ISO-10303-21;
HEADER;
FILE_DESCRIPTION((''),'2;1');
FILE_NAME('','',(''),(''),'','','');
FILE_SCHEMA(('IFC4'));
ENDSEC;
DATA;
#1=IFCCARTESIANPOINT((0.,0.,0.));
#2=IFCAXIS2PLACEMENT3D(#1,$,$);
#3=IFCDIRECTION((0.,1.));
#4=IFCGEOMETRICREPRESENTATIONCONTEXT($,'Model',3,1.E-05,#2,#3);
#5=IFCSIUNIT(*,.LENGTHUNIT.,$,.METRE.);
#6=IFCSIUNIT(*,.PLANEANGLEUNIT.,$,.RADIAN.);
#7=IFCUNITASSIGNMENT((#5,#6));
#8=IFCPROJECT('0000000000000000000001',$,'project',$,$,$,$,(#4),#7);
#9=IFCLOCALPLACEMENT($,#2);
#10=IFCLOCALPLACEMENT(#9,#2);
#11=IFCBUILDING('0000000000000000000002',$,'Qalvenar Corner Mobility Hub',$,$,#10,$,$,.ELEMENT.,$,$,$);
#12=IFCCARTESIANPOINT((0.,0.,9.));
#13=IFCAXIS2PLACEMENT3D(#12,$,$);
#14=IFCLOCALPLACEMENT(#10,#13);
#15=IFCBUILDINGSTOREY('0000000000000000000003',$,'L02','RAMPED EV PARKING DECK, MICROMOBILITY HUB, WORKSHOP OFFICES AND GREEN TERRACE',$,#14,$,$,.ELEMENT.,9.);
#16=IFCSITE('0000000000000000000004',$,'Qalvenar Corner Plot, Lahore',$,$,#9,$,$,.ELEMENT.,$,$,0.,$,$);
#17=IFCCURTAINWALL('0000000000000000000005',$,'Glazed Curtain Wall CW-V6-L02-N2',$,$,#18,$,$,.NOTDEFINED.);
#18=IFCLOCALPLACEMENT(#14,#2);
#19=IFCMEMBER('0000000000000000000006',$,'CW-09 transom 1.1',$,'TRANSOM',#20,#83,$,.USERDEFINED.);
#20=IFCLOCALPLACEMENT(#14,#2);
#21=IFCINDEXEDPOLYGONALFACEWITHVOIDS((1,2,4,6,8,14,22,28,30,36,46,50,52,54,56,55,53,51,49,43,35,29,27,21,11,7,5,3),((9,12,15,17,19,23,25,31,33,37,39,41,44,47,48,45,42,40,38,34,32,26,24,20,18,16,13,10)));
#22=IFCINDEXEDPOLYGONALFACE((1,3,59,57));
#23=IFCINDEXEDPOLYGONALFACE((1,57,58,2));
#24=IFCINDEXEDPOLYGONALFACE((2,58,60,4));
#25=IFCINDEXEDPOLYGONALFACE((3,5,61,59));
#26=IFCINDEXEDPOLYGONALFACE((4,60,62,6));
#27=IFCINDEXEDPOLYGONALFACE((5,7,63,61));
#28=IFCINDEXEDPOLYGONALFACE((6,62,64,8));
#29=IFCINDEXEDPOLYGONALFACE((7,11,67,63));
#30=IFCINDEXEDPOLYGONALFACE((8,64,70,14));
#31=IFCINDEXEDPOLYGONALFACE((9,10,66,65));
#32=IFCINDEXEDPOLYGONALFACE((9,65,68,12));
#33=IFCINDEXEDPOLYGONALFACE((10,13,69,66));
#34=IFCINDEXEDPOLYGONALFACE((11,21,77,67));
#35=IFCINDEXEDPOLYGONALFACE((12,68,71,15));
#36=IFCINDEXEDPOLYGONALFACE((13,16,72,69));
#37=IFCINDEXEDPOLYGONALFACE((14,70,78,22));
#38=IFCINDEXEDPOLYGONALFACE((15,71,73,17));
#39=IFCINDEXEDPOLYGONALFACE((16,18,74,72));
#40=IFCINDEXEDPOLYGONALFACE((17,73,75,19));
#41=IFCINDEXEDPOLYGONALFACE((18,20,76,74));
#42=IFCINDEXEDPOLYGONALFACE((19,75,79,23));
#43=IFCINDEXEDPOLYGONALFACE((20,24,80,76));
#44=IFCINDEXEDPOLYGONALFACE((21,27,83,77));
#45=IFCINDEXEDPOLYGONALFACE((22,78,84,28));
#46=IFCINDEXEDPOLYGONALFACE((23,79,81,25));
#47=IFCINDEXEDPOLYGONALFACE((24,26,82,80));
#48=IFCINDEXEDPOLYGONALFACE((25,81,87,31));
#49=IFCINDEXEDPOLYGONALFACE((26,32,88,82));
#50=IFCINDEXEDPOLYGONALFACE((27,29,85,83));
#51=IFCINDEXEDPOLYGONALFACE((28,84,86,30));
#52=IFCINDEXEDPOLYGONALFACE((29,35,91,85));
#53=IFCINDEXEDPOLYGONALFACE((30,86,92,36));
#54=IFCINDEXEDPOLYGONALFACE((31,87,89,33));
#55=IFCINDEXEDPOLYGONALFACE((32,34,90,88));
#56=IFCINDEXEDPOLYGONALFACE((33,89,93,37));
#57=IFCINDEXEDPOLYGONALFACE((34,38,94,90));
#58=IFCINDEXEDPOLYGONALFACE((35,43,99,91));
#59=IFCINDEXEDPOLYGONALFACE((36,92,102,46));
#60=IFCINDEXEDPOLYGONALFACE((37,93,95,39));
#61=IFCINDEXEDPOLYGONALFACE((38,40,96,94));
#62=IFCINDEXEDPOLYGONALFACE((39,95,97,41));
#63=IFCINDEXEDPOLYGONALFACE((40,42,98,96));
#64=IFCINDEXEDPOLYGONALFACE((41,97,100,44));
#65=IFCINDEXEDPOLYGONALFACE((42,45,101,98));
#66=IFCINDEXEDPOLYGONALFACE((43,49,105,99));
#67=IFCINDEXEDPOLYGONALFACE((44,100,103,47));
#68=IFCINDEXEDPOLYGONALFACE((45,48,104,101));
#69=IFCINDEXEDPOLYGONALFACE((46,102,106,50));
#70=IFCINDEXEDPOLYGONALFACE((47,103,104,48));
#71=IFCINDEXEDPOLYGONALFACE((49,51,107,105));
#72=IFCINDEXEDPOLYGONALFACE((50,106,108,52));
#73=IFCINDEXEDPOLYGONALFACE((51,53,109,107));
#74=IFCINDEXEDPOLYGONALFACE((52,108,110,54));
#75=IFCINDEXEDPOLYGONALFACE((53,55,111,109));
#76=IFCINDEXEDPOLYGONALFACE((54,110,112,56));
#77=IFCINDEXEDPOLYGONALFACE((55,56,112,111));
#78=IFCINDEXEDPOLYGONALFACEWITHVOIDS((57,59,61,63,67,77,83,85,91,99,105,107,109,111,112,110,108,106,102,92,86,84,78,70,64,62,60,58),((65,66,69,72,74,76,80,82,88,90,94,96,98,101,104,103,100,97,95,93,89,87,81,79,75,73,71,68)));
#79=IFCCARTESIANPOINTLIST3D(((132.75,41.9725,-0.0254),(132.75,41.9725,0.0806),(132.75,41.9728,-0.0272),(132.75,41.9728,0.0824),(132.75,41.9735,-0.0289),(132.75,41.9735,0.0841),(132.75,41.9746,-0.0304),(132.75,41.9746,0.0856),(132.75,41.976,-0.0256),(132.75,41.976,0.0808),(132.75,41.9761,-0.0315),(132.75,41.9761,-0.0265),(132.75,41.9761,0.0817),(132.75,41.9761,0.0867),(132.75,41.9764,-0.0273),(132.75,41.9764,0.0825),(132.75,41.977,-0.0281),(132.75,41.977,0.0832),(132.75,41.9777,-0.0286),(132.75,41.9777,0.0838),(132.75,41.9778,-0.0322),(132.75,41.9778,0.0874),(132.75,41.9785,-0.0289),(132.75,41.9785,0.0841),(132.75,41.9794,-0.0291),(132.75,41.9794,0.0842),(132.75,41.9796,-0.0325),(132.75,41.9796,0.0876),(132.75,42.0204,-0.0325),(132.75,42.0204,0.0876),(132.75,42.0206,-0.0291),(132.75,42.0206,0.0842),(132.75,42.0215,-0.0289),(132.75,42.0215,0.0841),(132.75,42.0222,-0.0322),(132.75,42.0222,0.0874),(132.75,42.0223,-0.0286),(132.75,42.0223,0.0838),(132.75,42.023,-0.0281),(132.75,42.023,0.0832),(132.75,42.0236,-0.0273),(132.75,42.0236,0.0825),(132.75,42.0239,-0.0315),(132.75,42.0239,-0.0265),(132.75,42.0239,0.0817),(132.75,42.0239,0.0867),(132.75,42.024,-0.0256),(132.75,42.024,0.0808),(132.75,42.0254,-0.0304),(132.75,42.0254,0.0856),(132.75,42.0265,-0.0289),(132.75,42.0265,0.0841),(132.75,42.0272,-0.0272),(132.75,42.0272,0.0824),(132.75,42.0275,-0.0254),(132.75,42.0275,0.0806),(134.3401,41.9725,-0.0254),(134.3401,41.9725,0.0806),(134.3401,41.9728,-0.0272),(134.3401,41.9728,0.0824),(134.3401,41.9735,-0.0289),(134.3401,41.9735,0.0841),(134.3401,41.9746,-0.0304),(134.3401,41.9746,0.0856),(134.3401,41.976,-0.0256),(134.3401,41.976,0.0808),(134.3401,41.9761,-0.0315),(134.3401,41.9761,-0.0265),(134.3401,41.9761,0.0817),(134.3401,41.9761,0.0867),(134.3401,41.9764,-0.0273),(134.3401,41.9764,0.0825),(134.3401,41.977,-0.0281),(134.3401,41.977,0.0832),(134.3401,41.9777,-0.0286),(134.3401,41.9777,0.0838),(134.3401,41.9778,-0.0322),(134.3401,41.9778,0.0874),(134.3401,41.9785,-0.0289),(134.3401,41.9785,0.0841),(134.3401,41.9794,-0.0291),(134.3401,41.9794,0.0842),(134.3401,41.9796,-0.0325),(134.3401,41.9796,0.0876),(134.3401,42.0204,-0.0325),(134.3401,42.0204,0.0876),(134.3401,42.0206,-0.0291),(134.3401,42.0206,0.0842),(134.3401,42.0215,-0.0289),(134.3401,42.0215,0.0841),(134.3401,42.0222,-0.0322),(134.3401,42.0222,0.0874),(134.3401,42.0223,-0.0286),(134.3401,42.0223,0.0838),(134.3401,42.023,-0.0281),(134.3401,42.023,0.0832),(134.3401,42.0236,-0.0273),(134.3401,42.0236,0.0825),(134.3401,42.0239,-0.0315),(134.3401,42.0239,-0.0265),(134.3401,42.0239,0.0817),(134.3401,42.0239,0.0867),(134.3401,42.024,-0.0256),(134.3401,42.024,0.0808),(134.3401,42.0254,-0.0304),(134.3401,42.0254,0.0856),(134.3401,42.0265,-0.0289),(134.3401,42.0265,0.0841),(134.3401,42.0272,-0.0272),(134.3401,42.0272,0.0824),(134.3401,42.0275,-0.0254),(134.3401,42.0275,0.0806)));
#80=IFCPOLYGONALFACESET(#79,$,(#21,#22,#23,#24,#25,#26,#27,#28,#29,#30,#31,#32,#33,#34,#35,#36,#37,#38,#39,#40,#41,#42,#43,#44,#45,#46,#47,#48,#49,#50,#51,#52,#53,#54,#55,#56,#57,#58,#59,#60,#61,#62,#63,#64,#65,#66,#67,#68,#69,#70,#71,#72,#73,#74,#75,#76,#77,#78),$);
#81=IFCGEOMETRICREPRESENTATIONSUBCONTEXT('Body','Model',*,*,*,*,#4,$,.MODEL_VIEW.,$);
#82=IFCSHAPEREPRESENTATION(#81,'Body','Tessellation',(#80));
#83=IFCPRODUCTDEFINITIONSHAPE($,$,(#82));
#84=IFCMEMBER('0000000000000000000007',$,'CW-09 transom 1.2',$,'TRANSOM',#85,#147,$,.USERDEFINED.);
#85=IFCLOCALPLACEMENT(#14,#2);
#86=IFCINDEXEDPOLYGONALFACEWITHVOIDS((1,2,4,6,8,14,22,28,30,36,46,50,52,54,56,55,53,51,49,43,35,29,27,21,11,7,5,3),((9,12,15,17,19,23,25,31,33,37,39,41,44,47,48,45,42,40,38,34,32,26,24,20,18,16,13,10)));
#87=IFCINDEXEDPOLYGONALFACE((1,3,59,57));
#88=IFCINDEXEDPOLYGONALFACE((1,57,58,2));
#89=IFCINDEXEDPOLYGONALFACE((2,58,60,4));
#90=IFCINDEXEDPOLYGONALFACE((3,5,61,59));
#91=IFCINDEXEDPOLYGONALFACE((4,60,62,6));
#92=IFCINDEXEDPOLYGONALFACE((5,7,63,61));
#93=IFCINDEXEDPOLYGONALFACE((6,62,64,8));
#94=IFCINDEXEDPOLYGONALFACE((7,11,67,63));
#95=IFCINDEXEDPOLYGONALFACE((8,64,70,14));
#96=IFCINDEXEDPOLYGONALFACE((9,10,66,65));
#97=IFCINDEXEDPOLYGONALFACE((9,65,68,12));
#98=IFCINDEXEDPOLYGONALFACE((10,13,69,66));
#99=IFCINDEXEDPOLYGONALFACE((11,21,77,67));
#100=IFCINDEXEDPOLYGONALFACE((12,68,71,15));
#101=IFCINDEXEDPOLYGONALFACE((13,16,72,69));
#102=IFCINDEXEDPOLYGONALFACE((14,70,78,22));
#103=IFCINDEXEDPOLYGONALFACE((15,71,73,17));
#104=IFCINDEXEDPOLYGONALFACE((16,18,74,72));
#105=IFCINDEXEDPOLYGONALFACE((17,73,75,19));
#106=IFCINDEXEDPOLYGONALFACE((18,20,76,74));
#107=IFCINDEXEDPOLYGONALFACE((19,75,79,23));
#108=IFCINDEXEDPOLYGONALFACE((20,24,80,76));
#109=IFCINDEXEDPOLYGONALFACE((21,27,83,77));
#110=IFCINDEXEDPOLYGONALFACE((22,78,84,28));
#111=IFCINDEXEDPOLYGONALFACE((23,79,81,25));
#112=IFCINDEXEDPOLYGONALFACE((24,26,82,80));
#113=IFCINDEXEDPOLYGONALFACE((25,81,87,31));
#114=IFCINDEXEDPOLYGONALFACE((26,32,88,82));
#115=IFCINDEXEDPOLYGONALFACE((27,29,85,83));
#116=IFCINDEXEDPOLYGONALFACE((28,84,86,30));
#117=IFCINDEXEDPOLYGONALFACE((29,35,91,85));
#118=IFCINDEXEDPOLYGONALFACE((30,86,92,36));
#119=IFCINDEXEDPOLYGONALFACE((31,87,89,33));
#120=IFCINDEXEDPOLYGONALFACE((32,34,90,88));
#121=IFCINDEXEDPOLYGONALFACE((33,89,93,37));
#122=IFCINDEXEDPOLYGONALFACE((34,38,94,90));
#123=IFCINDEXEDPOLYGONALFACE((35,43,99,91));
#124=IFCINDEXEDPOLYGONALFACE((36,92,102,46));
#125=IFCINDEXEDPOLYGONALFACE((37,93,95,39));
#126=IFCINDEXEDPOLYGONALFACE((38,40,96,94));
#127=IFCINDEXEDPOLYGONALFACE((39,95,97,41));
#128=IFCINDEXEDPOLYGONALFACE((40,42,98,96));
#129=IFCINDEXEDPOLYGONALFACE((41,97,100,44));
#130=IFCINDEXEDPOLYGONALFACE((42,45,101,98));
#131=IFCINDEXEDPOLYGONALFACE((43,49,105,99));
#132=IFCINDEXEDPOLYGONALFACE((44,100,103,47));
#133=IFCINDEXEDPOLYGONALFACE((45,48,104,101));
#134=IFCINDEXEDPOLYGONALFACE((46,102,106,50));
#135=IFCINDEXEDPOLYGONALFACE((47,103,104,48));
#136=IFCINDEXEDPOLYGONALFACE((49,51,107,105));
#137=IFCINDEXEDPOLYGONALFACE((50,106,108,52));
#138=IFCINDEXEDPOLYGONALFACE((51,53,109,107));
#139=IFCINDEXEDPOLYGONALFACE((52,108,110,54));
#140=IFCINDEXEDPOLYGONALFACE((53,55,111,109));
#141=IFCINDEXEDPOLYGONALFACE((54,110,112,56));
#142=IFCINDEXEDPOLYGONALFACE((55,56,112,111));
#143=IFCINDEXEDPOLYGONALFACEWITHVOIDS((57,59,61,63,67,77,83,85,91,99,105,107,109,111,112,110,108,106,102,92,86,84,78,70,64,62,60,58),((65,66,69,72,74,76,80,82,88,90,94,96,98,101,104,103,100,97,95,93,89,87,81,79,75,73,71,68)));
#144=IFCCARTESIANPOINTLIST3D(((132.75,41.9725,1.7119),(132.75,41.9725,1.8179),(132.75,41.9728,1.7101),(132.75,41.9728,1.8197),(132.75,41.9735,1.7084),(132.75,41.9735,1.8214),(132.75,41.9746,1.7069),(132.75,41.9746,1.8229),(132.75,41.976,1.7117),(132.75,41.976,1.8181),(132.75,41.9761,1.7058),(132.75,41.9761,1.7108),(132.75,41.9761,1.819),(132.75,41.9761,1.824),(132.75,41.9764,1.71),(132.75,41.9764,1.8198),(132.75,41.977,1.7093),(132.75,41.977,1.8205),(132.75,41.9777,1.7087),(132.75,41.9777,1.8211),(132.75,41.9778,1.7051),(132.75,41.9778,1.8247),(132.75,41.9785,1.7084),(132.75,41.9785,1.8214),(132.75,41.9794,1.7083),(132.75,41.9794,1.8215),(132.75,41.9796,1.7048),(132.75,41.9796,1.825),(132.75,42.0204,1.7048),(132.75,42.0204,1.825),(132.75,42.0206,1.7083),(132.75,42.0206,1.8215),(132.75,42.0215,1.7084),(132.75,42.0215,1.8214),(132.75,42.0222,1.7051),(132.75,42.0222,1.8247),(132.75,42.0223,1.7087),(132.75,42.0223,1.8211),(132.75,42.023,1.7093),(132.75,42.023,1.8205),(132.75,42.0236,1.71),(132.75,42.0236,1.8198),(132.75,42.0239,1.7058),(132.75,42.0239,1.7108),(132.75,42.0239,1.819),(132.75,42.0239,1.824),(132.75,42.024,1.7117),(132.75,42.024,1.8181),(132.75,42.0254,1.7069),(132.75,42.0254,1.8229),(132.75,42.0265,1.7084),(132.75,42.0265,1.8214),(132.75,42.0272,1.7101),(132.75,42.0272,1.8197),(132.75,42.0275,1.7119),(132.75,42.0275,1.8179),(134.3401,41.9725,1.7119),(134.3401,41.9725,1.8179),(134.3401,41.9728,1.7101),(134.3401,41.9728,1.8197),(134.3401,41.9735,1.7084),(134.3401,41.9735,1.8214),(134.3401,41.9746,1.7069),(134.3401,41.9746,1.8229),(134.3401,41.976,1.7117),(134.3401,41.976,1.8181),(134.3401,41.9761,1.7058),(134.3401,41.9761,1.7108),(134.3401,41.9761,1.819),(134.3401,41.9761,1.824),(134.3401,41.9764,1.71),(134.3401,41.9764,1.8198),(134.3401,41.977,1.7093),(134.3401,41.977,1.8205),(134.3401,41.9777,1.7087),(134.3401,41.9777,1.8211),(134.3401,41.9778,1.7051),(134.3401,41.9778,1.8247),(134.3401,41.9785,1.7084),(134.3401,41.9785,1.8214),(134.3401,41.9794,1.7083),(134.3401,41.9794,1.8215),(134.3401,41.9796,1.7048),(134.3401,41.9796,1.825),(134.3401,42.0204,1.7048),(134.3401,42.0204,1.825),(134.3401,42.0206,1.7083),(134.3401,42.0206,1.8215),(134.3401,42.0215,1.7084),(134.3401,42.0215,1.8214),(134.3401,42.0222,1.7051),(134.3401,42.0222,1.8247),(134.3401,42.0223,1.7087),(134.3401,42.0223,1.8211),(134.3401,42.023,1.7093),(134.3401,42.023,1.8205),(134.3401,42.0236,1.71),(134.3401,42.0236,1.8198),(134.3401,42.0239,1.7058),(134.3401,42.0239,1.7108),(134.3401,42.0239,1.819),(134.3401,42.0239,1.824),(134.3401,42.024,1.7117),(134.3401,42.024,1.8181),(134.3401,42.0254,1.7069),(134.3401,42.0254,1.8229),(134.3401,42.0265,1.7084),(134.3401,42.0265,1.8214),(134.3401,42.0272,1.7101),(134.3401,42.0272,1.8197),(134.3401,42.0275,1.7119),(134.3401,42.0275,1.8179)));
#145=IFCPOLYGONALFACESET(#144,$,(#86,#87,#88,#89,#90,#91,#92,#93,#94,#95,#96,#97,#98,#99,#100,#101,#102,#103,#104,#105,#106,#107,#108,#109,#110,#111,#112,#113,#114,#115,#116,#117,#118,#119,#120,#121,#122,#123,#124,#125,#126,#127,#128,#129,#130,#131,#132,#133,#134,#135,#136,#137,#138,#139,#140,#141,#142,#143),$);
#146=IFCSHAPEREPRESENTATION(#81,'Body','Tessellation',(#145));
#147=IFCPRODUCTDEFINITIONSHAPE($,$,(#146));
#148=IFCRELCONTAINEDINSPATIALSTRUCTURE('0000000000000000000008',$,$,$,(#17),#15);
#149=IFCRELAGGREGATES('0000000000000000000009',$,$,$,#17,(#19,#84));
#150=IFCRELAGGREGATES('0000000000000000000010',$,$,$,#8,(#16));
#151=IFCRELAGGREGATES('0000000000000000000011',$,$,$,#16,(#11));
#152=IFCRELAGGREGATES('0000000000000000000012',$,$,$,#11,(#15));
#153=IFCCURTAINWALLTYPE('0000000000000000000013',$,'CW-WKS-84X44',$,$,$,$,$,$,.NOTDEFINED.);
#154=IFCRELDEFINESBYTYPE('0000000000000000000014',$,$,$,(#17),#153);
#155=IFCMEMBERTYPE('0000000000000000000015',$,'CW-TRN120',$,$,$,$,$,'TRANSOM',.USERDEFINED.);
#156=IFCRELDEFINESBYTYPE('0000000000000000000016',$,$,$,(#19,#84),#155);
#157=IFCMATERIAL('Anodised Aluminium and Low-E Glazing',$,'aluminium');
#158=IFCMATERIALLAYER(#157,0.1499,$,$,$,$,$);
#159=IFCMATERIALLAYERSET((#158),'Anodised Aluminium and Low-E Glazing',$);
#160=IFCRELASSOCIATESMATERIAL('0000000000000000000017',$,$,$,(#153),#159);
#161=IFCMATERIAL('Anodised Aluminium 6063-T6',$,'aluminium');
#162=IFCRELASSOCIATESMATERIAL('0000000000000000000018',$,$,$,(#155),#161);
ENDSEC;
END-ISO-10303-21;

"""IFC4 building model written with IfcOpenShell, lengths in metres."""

from ifc_helpers import new_model, si_unit, direction, frame, origin, origin_2d, place, context, subcontext, project, spatial, hollow_rectangle, extrude, material, layer, layer_set, material_profile, profile_set, type_object, element, aggregate, save


model = new_model("IFC4")

# Units and contexts
model_context = context("Model", 3, precision=1e-05, world=origin(), true_north=direction((0.0, 1.0)))
body_context = subcontext(model_context, "Body", "Model", "MODEL_VIEW")
ifc_project = project(units=[si_unit("LENGTHUNIT", "METRE"), si_unit("PLANEANGLEUNIT", "RADIAN")], contexts=[model_context])

# Site, building, storey
site_placement = place(None, origin())
site = spatial("IfcSite", under=ifc_project, at=site_placement, Name="Qalvenar Corner Plot, Lahore", CompositionType="ELEMENT", RefElevation=0.0)
building_placement = place(site_placement, origin())
building = spatial("IfcBuilding", under=site, at=building_placement, Name="Qalvenar Corner Mobility Hub", CompositionType="ELEMENT")
storey_placement = place(building_placement, frame((0.0, 0.0, 9.0)))
storey = spatial("IfcBuildingStorey", under=building, at=storey_placement, Name="L02", Description="RAMPED EV PARKING DECK, MICROMOBILITY HUB, WORKSHOP OFFICES AND GREEN TERRACE", CompositionType="ELEMENT", Elevation=9.0)

# Curtain wall, members
ifc_material_1 = material(Name="Anodised Aluminium and Low-E Glazing", Category="aluminium")
ifc_layer_1 = layer(ifc_material_1, 0.1499)
ifc_layer_set_1 = layer_set([ifc_layer_1], Name="Anodised Aluminium and Low-E Glazing")
curtain_wall_type = type_object("IfcCurtainWallType", Name="CW-WKS-84X44", PredefinedType="NOTDEFINED", material=ifc_layer_set_1)
curtain_wall_placement = place(storey_placement, origin())
curtain_wall = element("IfcCurtainWall", 1, at=curtain_wall_placement, inside=storey, type_object=curtain_wall_type, Name="Glazed Curtain Wall CW-V6-L02-N2", PredefinedType="NOTDEFINED")
ifc_material_2 = material(Name="Anodised Aluminium 6063-T6", Category="aluminium")
ifc_material_profile_1 = material_profile(ifc_material_2, hollow_rectangle(XDim=0.0549, YDim=0.1201, WallThickness=0.0034, InnerFilletRadius=0.0034, OuterFilletRadius=0.0071, at=origin_2d()), Name="RHS120x55x3.5")
ifc_profile_set_1 = profile_set([ifc_material_profile_1], Name="Anodised Aluminium 6063-T6")
member_type_1 = type_object("IfcMemberType", Name="CW-TRN120", ElementType="TRANSOM", PredefinedType="USERDEFINED", material=ifc_profile_set_1)
member_1_placement = place(storey_placement, frame((134.3401, 42.0, 0.0276), z_axis=(-1.0, 0.0, 0.0), x_axis=(0.0, -1.0, 0.0)))
member_1 = element("IfcMember", 2, at=member_1_placement, type_object=member_type_1, Name="CW-09 transom 1.1", ObjectType="TRANSOM", PredefinedType="USERDEFINED", context=body_context, shape_type="SweptSolid", body=[
    extrude(hollow_rectangle(XDim=0.0549, YDim=0.1201, WallThickness=0.0034, InnerFilletRadius=0.0034, OuterFilletRadius=0.0071, at=origin_2d()), origin(), (0.0, 0.0, 1.0), 1.5901),
])
member_2_placement = place(storey_placement, frame((134.3401, 42.0, 1.7649), z_axis=(-1.0, 0.0, 0.0), x_axis=(0.0, -1.0, 0.0)))
member_2 = element("IfcMember", 3, at=member_2_placement, type_object=member_type_1, Name="CW-09 transom 1.2", ObjectType="TRANSOM", PredefinedType="USERDEFINED", context=body_context, shape_type="SweptSolid", body=[
    extrude(hollow_rectangle(XDim=0.0549, YDim=0.1201, WallThickness=0.0034, InnerFilletRadius=0.0034, OuterFilletRadius=0.0071, at=origin_2d()), origin(), (0.0, 0.0, 1.0), 1.5901),
])
aggregate(curtain_wall, [member_1, member_2])

save(model, "model.ifc")
